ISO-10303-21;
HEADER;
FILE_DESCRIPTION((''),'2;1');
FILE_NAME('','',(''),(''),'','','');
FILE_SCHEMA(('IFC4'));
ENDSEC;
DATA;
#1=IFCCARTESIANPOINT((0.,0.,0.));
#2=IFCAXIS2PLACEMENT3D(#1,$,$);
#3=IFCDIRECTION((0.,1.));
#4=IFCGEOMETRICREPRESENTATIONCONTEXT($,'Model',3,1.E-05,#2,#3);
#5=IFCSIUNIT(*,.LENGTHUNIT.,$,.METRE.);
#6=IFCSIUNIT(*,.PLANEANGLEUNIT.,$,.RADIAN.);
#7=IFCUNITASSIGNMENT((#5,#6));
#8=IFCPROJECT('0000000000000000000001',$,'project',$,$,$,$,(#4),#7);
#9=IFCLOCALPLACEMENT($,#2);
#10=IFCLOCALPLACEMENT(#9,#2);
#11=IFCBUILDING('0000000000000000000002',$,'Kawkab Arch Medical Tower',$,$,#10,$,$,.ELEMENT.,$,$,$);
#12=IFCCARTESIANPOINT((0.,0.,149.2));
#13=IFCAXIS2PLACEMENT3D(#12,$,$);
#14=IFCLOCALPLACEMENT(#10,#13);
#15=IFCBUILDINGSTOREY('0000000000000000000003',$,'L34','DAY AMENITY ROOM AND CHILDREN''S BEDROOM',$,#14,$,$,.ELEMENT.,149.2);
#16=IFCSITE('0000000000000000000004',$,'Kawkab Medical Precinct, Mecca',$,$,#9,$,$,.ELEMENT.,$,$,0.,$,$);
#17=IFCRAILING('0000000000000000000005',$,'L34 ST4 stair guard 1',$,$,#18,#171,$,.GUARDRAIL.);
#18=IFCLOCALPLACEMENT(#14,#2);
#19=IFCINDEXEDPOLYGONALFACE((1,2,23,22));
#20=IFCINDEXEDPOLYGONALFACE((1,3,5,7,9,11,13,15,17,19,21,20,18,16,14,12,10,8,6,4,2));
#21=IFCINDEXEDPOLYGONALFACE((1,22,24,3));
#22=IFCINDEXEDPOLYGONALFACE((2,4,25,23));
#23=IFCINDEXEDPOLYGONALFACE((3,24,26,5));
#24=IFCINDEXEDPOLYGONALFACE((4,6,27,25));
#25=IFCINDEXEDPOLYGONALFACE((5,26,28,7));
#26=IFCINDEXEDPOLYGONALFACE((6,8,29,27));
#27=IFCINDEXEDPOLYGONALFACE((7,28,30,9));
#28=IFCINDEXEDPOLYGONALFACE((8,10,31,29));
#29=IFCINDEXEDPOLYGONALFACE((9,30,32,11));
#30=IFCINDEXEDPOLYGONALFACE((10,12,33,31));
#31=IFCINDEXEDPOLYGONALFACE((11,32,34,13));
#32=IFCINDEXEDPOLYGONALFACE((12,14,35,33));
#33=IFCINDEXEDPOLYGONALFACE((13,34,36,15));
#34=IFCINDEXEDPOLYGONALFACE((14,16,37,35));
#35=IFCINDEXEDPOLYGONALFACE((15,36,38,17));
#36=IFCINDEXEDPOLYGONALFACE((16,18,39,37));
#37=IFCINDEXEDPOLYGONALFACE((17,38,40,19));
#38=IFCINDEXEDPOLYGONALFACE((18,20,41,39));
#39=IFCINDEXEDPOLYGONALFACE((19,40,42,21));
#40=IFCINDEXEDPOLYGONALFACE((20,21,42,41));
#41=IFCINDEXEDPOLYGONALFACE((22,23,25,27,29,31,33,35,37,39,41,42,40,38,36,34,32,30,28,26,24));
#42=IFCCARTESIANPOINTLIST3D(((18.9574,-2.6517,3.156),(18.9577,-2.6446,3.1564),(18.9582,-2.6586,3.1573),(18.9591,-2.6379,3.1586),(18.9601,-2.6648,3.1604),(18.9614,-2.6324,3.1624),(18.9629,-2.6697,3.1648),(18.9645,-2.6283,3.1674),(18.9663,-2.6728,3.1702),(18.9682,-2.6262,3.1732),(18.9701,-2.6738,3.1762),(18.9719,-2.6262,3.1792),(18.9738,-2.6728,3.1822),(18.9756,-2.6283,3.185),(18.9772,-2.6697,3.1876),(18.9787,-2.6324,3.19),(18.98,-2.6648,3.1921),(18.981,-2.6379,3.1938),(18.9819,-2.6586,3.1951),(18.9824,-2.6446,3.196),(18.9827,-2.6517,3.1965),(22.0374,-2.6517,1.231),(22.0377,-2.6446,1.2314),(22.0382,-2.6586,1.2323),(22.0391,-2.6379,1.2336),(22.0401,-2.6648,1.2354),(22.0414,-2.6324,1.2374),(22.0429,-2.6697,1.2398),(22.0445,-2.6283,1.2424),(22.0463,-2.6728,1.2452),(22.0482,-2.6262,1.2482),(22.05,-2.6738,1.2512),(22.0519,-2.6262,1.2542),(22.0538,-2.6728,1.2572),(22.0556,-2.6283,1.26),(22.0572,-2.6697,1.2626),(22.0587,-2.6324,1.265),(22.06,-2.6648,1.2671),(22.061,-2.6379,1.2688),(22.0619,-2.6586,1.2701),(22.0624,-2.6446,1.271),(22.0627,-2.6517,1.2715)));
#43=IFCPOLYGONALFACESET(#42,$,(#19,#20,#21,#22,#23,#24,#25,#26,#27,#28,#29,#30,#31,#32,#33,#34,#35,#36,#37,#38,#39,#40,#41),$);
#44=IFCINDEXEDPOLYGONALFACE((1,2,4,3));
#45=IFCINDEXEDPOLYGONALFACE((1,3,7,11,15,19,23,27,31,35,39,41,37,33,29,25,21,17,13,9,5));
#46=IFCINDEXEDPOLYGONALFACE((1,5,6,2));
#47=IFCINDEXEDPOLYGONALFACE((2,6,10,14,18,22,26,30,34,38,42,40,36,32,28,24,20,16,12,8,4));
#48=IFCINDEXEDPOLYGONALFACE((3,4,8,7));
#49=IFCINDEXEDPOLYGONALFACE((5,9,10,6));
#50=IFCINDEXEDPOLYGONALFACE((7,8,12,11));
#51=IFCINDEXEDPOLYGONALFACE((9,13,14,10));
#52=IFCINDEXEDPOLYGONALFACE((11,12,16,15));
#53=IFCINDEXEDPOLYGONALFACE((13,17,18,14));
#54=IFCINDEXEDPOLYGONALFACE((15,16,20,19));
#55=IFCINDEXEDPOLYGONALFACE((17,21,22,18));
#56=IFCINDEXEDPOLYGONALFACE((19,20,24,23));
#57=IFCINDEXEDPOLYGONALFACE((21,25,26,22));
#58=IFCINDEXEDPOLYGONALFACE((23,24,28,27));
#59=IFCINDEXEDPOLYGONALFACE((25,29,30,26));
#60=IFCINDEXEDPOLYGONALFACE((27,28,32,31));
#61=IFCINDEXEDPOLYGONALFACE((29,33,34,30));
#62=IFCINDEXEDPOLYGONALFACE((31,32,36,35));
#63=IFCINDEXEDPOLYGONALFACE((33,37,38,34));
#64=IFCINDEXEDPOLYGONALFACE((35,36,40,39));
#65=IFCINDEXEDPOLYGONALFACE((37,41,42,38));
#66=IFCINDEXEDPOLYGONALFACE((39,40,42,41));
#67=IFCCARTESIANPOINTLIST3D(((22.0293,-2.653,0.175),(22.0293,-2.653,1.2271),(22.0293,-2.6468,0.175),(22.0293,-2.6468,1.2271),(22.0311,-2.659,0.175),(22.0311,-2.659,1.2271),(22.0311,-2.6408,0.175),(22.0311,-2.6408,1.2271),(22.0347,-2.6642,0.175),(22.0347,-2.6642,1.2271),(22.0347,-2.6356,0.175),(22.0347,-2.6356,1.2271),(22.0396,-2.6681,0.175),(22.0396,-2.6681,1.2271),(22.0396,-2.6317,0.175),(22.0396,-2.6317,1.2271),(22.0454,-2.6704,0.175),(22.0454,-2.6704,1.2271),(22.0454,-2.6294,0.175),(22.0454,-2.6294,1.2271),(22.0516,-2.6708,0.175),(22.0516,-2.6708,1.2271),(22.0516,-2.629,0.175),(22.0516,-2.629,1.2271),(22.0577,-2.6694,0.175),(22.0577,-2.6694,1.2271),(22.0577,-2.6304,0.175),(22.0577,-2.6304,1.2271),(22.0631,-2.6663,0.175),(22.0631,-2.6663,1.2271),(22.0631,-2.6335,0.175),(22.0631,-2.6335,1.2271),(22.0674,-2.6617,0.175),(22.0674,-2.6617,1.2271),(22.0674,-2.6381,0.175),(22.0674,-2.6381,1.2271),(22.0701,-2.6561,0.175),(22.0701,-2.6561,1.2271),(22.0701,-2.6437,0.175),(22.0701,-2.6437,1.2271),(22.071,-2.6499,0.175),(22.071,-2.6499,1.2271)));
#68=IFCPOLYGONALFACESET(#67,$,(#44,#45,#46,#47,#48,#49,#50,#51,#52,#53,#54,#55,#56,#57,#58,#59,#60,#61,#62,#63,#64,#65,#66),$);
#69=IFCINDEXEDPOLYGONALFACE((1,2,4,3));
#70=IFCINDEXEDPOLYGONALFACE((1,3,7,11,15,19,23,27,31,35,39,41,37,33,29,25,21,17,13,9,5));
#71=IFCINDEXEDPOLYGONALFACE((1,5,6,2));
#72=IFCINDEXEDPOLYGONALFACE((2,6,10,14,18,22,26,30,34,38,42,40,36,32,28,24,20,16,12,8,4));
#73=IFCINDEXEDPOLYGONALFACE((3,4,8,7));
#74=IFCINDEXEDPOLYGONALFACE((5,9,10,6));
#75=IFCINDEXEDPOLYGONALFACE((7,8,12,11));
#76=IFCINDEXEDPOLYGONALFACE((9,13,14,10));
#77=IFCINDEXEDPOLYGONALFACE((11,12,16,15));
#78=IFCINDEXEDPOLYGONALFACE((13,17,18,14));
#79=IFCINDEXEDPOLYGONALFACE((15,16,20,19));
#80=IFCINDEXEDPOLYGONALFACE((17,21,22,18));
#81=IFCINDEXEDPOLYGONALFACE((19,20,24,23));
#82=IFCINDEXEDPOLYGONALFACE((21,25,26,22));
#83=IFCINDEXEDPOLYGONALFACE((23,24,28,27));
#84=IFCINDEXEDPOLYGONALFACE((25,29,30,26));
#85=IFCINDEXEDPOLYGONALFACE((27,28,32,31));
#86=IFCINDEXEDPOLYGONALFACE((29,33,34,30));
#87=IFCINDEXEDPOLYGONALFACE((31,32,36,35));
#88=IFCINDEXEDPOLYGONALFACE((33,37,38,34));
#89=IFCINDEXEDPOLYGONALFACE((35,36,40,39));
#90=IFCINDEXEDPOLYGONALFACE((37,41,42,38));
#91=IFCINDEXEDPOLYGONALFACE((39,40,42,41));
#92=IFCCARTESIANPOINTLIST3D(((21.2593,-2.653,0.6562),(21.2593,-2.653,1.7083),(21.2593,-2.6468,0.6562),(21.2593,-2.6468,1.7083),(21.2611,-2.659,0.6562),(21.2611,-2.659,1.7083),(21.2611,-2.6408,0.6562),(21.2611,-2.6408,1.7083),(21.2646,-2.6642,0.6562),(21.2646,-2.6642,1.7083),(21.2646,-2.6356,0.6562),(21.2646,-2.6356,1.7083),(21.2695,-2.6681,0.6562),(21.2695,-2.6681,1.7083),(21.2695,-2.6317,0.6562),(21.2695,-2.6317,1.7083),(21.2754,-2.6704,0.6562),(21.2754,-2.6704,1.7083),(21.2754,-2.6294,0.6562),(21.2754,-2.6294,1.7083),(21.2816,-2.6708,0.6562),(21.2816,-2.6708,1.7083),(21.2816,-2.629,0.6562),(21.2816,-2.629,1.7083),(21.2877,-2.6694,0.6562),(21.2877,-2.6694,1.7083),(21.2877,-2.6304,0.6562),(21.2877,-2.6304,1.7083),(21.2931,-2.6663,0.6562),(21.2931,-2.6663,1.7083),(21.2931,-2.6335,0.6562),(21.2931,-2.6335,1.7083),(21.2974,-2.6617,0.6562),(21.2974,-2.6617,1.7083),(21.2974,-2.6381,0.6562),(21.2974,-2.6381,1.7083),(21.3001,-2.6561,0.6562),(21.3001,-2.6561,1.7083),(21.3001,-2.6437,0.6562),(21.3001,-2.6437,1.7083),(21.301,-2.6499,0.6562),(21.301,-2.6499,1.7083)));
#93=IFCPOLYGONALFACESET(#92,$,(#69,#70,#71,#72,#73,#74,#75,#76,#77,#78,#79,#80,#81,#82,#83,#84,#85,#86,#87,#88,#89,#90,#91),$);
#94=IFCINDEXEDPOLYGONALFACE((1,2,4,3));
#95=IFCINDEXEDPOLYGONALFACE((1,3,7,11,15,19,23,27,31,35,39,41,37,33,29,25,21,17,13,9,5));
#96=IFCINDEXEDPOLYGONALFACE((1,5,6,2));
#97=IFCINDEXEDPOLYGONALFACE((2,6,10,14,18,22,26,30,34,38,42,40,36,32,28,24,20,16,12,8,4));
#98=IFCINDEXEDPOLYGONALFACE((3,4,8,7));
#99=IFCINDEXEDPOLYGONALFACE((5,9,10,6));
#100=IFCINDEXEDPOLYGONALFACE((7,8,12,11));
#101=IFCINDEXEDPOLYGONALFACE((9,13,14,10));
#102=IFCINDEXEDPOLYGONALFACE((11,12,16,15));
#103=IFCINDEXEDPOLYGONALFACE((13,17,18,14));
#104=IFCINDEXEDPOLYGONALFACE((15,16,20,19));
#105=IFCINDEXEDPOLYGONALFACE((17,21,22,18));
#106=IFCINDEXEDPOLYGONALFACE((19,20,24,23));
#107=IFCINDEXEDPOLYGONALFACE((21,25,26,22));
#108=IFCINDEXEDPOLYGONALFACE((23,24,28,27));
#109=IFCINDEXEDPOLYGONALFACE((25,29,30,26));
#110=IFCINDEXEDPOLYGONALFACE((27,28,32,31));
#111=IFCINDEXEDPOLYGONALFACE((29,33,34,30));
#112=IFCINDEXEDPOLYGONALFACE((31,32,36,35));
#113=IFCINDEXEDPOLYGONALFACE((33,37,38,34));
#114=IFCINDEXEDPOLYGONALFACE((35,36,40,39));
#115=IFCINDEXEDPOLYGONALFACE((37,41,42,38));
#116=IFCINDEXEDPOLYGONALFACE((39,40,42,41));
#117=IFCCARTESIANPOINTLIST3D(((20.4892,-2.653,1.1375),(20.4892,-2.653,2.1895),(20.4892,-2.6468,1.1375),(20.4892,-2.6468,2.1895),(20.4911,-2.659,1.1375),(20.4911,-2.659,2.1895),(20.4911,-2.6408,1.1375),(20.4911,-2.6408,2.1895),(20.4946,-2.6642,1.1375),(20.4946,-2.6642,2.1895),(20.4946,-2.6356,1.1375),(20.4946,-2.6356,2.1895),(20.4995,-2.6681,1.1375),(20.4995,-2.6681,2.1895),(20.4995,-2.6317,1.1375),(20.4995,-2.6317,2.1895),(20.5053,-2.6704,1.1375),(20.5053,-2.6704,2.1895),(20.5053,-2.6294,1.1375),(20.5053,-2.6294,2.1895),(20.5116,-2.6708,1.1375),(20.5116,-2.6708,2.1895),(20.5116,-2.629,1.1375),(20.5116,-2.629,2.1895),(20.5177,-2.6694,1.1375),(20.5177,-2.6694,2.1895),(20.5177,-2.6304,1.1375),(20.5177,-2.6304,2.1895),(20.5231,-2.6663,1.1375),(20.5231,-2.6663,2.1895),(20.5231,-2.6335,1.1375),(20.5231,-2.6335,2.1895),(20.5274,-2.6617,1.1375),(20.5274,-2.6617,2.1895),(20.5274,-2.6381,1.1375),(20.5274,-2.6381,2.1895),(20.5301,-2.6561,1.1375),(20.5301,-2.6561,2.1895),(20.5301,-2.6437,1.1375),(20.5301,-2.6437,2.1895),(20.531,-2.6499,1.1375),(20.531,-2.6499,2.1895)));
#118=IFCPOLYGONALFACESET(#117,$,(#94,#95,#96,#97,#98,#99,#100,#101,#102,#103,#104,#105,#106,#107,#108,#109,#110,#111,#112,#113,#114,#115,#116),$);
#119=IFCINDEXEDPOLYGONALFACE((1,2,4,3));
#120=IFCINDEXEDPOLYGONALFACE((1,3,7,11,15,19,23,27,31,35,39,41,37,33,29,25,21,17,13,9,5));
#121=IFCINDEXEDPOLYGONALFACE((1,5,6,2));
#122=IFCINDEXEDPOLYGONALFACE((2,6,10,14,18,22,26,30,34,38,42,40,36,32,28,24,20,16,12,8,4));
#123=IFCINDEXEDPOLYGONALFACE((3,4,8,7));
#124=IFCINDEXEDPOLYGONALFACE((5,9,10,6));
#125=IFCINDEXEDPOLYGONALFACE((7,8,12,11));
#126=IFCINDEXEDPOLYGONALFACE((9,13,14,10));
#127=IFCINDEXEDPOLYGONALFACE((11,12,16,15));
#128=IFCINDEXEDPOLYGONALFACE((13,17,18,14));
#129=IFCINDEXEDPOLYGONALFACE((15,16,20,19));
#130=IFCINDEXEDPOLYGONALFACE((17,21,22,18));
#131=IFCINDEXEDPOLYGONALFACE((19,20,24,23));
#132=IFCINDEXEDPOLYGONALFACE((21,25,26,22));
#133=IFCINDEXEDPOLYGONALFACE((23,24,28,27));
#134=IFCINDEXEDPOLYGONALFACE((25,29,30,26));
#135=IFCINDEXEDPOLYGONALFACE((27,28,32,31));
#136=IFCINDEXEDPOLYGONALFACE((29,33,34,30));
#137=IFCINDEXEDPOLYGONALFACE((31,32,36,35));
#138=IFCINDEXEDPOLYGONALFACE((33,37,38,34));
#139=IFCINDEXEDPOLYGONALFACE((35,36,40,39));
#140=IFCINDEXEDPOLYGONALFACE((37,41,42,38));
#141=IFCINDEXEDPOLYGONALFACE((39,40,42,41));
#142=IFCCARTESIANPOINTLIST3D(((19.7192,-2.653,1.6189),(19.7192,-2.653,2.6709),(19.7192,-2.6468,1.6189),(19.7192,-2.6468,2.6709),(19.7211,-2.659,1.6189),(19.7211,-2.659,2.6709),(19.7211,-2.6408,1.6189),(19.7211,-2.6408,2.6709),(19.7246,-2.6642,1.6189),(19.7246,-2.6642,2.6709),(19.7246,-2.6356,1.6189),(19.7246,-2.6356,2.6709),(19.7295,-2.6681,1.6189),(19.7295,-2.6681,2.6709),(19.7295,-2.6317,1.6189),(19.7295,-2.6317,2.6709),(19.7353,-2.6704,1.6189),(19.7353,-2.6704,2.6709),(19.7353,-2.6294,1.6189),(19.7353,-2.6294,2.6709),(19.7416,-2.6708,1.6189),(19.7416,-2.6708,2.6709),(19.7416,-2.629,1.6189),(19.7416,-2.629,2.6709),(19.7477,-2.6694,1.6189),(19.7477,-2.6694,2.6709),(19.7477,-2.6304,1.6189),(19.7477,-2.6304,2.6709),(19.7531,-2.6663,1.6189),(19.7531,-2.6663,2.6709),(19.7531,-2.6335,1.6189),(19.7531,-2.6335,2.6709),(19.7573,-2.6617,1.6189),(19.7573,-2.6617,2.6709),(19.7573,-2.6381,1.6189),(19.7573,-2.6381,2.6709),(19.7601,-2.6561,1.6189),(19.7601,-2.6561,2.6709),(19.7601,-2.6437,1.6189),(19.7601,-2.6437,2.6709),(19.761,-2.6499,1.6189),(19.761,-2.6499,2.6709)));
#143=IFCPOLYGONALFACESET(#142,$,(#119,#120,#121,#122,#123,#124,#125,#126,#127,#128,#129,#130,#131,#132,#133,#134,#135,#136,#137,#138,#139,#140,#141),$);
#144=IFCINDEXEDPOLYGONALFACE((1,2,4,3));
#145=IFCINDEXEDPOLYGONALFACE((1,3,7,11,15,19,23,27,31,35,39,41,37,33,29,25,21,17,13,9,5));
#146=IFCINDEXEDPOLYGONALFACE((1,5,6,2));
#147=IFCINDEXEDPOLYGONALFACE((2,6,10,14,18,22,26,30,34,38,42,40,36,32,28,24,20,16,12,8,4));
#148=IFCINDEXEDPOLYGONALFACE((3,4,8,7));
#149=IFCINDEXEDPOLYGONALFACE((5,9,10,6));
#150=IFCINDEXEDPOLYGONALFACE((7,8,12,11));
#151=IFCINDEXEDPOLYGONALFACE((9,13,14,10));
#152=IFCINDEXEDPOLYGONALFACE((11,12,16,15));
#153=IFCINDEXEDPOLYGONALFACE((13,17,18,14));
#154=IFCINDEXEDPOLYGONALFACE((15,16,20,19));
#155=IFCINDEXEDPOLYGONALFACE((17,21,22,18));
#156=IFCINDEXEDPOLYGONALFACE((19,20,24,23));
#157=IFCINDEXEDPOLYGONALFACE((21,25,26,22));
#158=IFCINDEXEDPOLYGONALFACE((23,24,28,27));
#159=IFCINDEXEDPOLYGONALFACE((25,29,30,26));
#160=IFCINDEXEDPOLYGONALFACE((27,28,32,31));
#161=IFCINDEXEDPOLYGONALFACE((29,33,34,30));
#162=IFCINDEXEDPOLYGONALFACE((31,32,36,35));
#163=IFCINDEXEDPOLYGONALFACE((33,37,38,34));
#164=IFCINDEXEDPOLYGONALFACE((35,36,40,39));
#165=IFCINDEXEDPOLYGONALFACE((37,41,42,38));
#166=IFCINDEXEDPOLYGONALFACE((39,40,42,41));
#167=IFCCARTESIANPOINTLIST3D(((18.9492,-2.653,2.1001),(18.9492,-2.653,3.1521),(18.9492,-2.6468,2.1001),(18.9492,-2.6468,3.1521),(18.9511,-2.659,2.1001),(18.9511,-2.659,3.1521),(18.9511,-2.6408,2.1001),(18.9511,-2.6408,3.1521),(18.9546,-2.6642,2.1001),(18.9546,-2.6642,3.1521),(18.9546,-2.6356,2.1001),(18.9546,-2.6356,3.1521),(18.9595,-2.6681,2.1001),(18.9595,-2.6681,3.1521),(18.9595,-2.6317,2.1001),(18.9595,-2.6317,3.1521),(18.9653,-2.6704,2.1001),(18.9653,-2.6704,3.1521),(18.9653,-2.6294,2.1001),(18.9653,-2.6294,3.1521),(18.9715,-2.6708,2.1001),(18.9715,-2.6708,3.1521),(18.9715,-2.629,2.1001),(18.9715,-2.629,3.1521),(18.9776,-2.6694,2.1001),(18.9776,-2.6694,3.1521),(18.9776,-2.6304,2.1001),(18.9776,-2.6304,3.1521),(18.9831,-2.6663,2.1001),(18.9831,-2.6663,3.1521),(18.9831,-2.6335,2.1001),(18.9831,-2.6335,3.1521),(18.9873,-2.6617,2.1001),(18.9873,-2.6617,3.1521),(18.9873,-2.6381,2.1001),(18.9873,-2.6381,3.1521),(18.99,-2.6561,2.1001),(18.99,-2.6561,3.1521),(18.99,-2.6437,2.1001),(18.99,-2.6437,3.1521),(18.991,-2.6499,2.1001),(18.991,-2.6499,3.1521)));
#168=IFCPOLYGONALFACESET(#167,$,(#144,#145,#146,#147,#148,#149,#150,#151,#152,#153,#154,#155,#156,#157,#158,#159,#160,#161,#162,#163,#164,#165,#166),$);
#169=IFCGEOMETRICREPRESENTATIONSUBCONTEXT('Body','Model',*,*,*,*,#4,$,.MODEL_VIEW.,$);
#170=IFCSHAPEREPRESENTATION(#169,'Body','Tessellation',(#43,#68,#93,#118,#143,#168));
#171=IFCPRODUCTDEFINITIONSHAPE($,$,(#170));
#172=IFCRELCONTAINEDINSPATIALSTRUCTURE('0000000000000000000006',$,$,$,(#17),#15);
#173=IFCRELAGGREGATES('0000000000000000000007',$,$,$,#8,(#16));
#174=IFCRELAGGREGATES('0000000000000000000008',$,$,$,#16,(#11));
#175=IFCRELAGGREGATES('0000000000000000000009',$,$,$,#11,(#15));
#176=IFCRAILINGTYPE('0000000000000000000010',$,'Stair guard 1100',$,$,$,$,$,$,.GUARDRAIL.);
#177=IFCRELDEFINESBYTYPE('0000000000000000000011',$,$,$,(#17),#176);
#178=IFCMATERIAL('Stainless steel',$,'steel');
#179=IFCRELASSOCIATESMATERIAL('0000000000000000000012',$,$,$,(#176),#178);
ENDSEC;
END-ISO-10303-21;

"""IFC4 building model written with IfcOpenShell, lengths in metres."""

from ifc_helpers import new_model, si_unit, direction, frame, origin, origin_2d, place, context, subcontext, project, spatial, circle, extrude, material, type_object, element, save


model = new_model("IFC4")

# Units and contexts
model_context = context("Model", 3, precision=1e-05, world=origin(), true_north=direction((0.0, 1.0)))
body_context = subcontext(model_context, "Body", "Model", "MODEL_VIEW")
ifc_project = project(units=[si_unit("LENGTHUNIT", "METRE"), si_unit("PLANEANGLEUNIT", "RADIAN")], contexts=[model_context])

# Site, building, storey
site_placement = place(None, origin())
site = spatial("IfcSite", under=ifc_project, at=site_placement, Name="Kawkab Medical Precinct, Mecca", CompositionType="ELEMENT", RefElevation=0.0)
building_placement = place(site_placement, origin())
building = spatial("IfcBuilding", under=site, at=building_placement, Name="Kawkab Arch Medical Tower", CompositionType="ELEMENT")
storey_placement = place(building_placement, frame((0.0, 0.0, 149.2)))
storey = spatial("IfcBuildingStorey", under=building, at=storey_placement, Name="L34", Description="DAY AMENITY ROOM AND CHILDREN'S BEDROOM", CompositionType="ELEMENT", Elevation=149.2)

# Railing
ifc_material_1 = material(Name="Stainless steel", Category="steel")
railing_type_1 = type_object("IfcRailingType", Name="Stair guard 1100", PredefinedType="GUARDRAIL", material=ifc_material_1)
railing_1_placement = place(storey_placement, frame((22.05, -2.6499, 0.175)))
element("IfcRailing", 1, at=railing_1_placement, inside=storey, type_object=railing_type_1, Name="L34 ST4 stair guard 1", PredefinedType="GUARDRAIL", context=body_context, shape_type="SweptSolid", body=[
    extrude(circle(Radius=0.0239, at=origin_2d()), frame((0.0, 0.0, 1.0762), z_axis=(-0.847998, 0.0, 0.529999), x_axis=(0.0, -1.0, 0.0)), (0.0, 0.0, 1.0), 3.6321),
    extrude(circle(Radius=0.021, at=origin_2d()), origin(), (0.0, 0.0, 1.0), 1.052),
    extrude(circle(Radius=0.021, at=origin_2d()), frame((-0.77, 0.0, 0.4812)), (0.0, 0.0, 1.0), 1.052),
    extrude(circle(Radius=0.021, at=origin_2d()), frame((-1.54, 0.0, 0.9624)), (0.0, 0.0, 1.0), 1.052),
    extrude(circle(Radius=0.021, at=origin_2d()), frame((-2.3101, 0.0, 1.4438)), (0.0, 0.0, 1.0), 1.052),
    extrude(circle(Radius=0.021, at=origin_2d()), frame((-3.0801, 0.0, 1.925)), (0.0, 0.0, 1.0), 1.052),
])

save(model, "model.ifc")
